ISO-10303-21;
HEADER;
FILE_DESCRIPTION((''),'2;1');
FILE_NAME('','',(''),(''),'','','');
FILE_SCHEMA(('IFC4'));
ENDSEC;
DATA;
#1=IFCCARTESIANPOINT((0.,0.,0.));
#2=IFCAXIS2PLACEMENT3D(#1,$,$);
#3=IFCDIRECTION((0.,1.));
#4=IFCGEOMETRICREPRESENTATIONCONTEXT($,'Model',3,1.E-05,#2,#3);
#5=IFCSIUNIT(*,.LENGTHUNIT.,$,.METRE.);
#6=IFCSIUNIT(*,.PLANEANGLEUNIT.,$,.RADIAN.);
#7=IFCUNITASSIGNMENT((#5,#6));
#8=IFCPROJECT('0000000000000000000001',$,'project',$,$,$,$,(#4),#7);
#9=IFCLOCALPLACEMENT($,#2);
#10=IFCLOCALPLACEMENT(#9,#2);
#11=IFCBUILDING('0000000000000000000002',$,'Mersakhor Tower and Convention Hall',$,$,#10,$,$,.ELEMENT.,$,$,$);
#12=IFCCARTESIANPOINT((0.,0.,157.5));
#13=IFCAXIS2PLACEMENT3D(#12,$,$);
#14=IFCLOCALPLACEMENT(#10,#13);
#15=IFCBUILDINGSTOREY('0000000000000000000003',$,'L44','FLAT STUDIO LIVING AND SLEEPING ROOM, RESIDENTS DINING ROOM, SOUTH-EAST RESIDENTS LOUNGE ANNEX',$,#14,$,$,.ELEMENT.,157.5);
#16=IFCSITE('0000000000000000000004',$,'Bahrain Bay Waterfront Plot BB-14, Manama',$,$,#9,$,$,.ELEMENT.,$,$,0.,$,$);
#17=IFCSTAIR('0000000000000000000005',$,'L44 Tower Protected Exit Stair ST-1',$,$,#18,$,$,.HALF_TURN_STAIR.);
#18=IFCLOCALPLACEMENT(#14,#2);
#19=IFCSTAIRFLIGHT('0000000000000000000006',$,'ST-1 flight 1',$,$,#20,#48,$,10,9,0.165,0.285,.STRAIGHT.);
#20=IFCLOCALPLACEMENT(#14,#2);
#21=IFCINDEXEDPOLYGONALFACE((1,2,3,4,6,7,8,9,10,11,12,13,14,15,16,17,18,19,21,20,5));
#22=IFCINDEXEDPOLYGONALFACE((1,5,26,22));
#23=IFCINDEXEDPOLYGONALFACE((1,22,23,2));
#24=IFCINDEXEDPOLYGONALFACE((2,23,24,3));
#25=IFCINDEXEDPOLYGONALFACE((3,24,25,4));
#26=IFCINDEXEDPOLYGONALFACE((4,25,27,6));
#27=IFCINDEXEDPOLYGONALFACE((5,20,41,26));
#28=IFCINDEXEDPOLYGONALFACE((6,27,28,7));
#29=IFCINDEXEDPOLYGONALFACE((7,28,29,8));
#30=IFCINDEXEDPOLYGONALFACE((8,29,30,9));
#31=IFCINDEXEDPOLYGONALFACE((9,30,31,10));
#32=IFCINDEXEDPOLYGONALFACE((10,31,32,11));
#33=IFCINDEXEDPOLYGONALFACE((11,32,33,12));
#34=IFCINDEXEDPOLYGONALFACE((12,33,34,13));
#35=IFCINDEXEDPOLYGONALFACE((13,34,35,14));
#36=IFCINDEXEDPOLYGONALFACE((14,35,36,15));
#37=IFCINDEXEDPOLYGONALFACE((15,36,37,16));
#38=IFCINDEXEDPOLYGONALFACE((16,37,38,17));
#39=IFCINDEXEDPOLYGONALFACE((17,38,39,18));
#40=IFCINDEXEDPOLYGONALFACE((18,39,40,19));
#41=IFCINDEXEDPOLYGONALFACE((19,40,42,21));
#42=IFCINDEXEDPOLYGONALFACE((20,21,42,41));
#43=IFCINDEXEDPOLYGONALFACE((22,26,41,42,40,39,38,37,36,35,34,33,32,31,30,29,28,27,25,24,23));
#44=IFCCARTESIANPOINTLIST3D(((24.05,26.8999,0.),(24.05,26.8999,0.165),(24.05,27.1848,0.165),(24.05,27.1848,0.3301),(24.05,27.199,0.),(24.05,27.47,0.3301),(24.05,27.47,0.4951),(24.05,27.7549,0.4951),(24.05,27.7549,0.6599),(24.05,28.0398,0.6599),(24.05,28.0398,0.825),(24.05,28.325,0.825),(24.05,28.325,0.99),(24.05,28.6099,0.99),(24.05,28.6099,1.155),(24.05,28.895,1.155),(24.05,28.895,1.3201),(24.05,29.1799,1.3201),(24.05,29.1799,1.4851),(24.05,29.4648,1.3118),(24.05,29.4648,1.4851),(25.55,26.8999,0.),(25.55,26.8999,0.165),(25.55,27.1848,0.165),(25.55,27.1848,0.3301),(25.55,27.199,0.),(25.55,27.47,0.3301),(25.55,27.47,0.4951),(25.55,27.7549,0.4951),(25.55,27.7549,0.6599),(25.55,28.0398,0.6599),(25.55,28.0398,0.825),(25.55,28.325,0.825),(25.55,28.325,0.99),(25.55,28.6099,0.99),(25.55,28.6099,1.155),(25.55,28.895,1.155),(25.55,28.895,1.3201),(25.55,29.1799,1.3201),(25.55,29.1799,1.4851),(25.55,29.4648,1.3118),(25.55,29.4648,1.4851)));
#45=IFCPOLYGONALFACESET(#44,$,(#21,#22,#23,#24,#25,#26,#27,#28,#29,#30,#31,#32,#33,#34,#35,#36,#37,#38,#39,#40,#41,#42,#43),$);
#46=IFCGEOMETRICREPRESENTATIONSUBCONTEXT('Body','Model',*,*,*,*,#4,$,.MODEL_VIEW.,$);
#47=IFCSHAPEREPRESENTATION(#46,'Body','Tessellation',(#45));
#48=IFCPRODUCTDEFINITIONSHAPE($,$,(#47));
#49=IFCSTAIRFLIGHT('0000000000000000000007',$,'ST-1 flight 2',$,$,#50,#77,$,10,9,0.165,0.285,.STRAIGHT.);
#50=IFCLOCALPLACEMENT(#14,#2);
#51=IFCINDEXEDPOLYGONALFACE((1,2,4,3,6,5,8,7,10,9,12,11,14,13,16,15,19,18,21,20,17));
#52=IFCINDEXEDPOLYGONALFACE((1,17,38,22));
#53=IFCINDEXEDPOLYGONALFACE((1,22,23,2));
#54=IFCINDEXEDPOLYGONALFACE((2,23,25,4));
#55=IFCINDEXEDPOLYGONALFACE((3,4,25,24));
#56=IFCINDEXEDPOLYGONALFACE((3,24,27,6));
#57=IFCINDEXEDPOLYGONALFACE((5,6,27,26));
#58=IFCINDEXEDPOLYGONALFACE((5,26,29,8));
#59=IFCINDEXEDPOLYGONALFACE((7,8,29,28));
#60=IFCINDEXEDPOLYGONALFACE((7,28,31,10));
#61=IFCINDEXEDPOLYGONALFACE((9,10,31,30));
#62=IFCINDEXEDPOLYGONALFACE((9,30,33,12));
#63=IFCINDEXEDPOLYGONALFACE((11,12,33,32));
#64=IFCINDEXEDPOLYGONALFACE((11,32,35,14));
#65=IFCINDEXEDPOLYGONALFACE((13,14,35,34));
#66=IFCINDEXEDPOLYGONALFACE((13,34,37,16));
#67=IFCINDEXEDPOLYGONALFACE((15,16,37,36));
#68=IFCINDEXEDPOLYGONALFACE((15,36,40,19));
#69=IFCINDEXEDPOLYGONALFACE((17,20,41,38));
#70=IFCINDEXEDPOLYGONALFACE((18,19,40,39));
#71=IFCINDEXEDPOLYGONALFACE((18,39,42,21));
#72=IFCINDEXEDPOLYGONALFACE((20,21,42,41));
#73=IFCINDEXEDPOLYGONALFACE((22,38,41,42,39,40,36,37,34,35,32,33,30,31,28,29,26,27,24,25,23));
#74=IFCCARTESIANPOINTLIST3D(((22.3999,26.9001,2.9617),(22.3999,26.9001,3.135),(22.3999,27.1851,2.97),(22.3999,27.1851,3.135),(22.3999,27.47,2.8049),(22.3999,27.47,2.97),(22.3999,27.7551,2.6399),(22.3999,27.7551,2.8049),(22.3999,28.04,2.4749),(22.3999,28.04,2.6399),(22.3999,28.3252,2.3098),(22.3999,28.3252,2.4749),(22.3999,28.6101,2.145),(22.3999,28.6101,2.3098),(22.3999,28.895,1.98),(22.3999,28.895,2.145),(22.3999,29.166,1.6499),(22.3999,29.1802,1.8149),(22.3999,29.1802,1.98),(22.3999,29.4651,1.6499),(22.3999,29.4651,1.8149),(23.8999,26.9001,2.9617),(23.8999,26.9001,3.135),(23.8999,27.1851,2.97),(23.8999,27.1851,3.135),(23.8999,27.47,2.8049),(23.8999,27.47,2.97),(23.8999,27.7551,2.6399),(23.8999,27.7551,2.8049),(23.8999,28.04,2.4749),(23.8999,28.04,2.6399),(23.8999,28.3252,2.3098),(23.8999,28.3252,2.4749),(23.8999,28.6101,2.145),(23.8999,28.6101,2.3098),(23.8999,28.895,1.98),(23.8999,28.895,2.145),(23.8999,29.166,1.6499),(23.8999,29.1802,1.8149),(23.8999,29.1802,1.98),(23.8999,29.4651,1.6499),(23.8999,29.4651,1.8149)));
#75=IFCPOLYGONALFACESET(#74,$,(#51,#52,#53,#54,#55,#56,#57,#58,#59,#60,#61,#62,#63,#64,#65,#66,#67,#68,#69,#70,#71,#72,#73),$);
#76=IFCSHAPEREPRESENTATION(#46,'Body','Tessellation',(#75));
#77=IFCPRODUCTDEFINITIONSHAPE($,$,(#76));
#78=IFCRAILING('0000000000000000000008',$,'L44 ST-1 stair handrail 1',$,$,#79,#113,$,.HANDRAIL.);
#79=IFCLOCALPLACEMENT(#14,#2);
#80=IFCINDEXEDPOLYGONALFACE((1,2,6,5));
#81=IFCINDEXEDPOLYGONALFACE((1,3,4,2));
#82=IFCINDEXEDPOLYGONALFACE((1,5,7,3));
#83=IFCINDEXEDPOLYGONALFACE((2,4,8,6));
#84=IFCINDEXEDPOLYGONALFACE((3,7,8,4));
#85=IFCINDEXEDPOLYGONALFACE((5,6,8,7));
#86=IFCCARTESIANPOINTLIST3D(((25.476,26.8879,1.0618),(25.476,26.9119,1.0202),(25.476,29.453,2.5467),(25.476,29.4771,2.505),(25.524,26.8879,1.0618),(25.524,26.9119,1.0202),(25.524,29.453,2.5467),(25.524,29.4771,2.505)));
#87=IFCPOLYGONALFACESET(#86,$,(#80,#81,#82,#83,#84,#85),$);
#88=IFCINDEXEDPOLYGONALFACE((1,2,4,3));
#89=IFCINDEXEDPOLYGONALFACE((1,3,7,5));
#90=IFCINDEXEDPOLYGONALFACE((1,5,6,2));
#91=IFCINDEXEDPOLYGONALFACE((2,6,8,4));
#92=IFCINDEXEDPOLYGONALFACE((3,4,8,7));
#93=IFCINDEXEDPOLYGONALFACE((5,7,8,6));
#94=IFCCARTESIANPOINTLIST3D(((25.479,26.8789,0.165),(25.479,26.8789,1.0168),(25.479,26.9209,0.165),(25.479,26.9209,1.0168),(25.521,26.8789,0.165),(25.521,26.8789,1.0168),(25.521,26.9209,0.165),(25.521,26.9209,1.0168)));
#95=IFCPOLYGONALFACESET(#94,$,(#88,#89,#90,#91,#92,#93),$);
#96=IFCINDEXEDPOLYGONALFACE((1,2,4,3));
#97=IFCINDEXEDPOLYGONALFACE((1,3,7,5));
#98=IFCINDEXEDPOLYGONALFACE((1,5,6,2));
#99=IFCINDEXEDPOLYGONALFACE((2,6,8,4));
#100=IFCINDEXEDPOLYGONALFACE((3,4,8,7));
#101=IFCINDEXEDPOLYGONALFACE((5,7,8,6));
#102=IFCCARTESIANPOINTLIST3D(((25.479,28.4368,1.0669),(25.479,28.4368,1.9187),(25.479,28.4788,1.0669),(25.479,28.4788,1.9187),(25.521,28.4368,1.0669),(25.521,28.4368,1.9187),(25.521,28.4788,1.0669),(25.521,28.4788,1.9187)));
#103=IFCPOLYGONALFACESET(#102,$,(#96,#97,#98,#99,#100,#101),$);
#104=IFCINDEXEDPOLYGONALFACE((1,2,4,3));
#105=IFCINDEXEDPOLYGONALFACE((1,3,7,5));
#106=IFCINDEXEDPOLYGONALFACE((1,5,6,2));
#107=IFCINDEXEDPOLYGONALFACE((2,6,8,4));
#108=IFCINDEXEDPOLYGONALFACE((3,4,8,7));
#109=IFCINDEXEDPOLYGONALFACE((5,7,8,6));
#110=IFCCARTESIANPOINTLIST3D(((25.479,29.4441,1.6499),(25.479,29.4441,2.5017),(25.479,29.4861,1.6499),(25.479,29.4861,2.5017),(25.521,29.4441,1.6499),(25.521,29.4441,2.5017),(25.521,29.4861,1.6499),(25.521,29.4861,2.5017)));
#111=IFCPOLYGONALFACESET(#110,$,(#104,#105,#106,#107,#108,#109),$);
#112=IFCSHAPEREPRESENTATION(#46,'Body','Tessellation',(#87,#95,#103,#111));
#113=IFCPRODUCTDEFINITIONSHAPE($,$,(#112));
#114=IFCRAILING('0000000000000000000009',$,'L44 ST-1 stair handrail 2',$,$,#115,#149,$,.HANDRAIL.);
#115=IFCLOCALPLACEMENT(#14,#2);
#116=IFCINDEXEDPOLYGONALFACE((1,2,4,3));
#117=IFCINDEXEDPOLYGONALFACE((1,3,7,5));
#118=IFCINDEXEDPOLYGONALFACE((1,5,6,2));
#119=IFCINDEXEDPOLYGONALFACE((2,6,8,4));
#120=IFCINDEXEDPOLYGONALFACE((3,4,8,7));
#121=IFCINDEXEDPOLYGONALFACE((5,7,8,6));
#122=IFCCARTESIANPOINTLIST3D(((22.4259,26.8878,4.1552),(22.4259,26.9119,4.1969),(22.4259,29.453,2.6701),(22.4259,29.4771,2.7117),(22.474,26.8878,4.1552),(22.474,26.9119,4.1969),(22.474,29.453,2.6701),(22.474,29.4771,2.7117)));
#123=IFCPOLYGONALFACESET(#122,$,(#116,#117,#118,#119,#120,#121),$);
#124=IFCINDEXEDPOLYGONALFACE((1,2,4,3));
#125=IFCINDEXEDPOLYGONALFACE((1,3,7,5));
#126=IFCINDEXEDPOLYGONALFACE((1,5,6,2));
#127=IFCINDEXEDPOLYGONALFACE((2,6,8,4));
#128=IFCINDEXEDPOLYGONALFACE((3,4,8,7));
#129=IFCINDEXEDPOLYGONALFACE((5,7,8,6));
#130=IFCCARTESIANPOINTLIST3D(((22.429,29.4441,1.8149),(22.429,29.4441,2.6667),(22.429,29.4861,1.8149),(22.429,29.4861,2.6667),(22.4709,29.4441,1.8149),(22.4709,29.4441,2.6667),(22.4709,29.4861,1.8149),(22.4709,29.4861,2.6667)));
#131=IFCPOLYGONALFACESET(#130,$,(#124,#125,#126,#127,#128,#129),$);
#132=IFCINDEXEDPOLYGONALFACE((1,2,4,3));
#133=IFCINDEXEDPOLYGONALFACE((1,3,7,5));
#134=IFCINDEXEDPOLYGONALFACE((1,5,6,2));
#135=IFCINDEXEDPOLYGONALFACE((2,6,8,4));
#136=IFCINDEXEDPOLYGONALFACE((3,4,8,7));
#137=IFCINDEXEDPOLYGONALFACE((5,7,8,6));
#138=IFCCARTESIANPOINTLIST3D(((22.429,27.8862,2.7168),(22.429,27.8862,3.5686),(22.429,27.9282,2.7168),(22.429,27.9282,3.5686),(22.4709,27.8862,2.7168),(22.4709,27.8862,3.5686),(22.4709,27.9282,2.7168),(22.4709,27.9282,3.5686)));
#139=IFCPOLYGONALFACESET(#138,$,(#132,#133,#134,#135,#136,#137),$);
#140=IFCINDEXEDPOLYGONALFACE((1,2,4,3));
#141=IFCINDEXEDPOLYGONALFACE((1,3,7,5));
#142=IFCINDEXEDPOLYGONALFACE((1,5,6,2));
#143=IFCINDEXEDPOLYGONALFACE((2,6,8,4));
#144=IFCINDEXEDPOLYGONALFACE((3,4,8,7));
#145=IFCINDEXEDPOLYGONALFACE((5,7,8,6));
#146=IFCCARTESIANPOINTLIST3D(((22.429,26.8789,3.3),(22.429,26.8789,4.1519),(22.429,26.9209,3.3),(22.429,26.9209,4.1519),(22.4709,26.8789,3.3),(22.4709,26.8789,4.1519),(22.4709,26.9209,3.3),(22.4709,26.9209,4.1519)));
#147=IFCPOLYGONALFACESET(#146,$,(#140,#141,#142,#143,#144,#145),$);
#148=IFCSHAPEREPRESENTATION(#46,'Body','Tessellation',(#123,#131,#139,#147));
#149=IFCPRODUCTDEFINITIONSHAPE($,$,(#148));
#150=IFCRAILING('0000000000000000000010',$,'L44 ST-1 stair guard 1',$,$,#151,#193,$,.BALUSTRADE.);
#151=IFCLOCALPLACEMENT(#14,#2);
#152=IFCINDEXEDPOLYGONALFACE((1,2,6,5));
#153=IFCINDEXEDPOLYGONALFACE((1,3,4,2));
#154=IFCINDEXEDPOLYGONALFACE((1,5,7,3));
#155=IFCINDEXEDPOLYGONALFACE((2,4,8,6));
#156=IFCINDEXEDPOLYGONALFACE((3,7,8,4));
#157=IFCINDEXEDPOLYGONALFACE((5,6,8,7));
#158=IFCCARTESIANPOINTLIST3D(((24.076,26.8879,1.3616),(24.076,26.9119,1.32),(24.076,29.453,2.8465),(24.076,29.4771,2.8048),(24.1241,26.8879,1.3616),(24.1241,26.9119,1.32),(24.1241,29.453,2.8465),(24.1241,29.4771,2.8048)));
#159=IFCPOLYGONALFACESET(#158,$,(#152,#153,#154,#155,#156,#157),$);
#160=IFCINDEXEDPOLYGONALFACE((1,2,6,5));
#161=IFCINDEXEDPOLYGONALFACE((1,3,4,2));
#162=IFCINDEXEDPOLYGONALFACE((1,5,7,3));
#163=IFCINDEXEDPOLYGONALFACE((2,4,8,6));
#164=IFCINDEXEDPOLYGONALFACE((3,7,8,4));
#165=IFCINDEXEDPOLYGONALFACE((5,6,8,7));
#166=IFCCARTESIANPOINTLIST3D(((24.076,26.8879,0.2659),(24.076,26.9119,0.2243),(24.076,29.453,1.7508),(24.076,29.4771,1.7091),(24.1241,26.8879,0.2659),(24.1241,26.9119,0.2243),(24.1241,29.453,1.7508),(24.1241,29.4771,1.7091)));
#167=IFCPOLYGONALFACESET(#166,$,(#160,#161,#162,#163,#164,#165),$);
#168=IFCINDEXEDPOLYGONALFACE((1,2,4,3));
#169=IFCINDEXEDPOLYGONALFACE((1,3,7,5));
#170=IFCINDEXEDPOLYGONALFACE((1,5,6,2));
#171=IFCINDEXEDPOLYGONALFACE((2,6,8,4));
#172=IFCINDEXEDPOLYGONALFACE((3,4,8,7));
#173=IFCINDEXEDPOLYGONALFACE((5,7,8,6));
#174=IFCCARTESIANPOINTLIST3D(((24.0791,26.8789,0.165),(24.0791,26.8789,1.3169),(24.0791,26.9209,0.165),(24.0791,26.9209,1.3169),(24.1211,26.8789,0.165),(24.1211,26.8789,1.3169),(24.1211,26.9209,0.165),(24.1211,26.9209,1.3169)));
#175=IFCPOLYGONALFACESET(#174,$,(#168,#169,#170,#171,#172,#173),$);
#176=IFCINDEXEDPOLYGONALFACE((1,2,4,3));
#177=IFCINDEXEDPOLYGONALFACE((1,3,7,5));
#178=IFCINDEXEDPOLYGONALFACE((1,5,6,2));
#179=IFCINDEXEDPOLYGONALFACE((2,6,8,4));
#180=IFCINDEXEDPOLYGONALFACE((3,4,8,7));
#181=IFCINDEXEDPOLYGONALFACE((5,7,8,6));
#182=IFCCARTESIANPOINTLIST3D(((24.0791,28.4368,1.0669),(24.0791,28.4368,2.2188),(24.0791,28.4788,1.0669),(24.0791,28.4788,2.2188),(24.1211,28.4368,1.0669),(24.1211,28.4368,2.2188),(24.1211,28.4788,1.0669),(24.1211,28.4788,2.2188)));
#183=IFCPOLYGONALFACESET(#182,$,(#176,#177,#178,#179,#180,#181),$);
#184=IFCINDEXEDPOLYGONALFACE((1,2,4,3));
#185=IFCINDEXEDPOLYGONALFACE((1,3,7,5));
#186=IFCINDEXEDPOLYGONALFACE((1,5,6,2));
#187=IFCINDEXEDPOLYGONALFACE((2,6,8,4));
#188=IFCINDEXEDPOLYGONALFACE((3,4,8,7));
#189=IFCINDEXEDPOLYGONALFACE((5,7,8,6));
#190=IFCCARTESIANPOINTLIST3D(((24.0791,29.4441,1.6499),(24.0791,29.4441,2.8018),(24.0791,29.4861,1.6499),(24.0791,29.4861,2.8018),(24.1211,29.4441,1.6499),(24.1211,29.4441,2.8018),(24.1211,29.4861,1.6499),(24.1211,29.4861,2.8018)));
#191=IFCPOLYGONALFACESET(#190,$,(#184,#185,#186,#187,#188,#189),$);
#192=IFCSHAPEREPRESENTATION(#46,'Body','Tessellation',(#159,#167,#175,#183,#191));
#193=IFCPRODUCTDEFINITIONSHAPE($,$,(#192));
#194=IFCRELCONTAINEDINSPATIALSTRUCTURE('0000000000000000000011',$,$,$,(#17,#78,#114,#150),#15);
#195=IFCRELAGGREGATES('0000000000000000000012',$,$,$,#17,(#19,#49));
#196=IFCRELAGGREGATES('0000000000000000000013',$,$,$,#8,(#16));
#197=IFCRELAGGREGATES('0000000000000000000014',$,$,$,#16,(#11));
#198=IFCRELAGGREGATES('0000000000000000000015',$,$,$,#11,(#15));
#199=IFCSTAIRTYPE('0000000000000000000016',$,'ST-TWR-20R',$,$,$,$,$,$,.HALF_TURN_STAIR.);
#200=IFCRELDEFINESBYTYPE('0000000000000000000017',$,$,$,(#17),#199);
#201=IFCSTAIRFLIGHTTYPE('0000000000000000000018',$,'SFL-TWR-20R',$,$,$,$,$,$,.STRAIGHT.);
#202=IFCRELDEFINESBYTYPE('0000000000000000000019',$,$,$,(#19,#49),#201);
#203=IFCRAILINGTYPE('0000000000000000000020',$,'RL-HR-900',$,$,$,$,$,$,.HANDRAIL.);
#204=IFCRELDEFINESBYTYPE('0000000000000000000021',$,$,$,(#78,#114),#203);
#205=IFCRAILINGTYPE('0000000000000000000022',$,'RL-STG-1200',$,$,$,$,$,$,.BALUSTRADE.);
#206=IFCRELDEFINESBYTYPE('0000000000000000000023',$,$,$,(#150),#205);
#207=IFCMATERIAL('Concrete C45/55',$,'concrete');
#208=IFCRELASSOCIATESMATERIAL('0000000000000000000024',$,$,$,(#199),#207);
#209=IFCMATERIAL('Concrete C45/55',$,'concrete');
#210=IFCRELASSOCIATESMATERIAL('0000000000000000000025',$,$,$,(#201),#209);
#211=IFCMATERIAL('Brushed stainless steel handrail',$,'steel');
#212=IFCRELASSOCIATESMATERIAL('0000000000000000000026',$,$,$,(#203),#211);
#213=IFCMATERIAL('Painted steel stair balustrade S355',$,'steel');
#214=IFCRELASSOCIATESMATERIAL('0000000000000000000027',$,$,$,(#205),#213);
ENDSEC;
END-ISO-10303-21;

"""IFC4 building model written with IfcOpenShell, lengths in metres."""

from ifc_helpers import new_model, si_unit, direction, frame, origin, origin_2d, place, context, subcontext, project, spatial, polyline, rectangle, outline, extrude, material, type_object, element, aggregate, save


model = new_model("IFC4")

# Units and contexts
model_context = context("Model", 3, precision=1e-05, world=origin(), true_north=direction((0.0, 1.0)))
body_context = subcontext(model_context, "Body", "Model", "MODEL_VIEW")
ifc_project = project(units=[si_unit("LENGTHUNIT", "METRE"), si_unit("PLANEANGLEUNIT", "RADIAN")], contexts=[model_context])

# Site, building, storey
site_placement = place(None, origin())
site = spatial("IfcSite", under=ifc_project, at=site_placement, Name="Bahrain Bay Waterfront Plot BB-14, Manama", CompositionType="ELEMENT", RefElevation=0.0)
building_placement = place(site_placement, origin())
building = spatial("IfcBuilding", under=site, at=building_placement, Name="Mersakhor Tower and Convention Hall", CompositionType="ELEMENT")
storey_placement = place(building_placement, frame((0.0, 0.0, 157.5)))
storey = spatial("IfcBuildingStorey", under=building, at=storey_placement, Name="L44", Description="FLAT STUDIO LIVING AND SLEEPING ROOM, RESIDENTS DINING ROOM, SOUTH-EAST RESIDENTS LOUNGE ANNEX", CompositionType="ELEMENT", Elevation=157.5)

# Stair, stair flights
ifc_material_1 = material(Name="Concrete C45/55", Category="concrete")
stair_type = type_object("IfcStairType", Name="ST-TWR-20R", PredefinedType="HALF_TURN_STAIR", material=ifc_material_1)
stair_placement = place(storey_placement, origin())
stair = element("IfcStair", 1, at=stair_placement, inside=storey, type_object=stair_type, Name="L44 Tower Protected Exit Stair ST-1", PredefinedType="HALF_TURN_STAIR")
ifc_material_2 = material(Name="Concrete C45/55", Category="concrete")
stair_flight_type = type_object("IfcStairFlightType", Name="SFL-TWR-20R", PredefinedType="STRAIGHT", material=ifc_material_2)
stair_flight_1_placement = place(storey_placement, frame((24.8, 26.8999, 0.0), z_axis=(0.0, 0.0, 1.0), x_axis=(0.0, 1.0, 0.0)))
stair_flight_1 = element("IfcStairFlight", 2, at=stair_flight_1_placement, type_object=stair_flight_type, Name="ST-1 flight 1", NumberOfRisers=10, NumberOfTreads=9, PredefinedType="STRAIGHT", RiserHeight=0.165, TreadLength=0.285, context=body_context, shape_type="SweptSolid", body=[
    extrude(outline(polyline([(0.0, 0.0), (0.0, 0.165), (0.2849, 0.165), (0.2849, 0.3301), (0.5701, 0.3301), (0.5701, 0.4951), (0.855, 0.4951), (0.855, 0.6599), (1.1399, 0.6599), (1.1399, 0.825), (1.425, 0.825), (1.425, 0.99), (1.71, 0.99), (1.71, 1.155), (1.9951, 1.155), (1.9951, 1.3201), (2.28, 1.3201), (2.28, 1.4851), (2.5649, 1.4851), (2.5649, 1.6499), (2.5649, 1.3118), (0.2991, 0.0), (0.0, 0.0)])), frame((0.0, 0.75, 0.0), z_axis=(0.0, -1.0, 0.0), x_axis=(1.0, 0.0, 0.0)), (0.0, 0.0, 1.0), 1.5),
])
stair_flight_2_placement = place(storey_placement, frame((23.1499, 29.4651, 1.6499), z_axis=(0.0, 0.0, 1.0), x_axis=(0.0, -1.0, 0.0)))
stair_flight_2 = element("IfcStairFlight", 3, at=stair_flight_2_placement, type_object=stair_flight_type, Name="ST-1 flight 2", NumberOfRisers=10, NumberOfTreads=9, PredefinedType="STRAIGHT", RiserHeight=0.165, TreadLength=0.285, context=body_context, shape_type="SweptSolid", body=[
    extrude(outline(polyline([(0.0, 0.0), (0.0, 0.165), (0.2849, 0.165), (0.2849, 0.3301), (0.5701, 0.3301), (0.5701, 0.4951), (0.855, 0.4951), (0.855, 0.6599), (1.1399, 0.6599), (1.1399, 0.825), (1.425, 0.825), (1.425, 0.99), (1.71, 0.99), (1.71, 1.155), (1.9951, 1.155), (1.9951, 1.3201), (2.28, 1.3201), (2.28, 1.4851), (2.5649, 1.4851), (2.5649, 1.6499), (2.5649, 1.3118), (0.2991, 0.0), (0.0, 0.0)])), frame((0.0, 0.75, 0.0), z_axis=(0.0, -1.0, 0.0), x_axis=(1.0, 0.0, 0.0)), (0.0, 0.0, 1.0), 1.5),
])
aggregate(stair, [stair_flight_1, stair_flight_2])

# Railings
ifc_material_3 = material(Name="Brushed stainless steel handrail", Category="steel")
railing_type_1 = type_object("IfcRailingType", Name="RL-HR-900", PredefinedType="HANDRAIL", material=ifc_material_3)
railing_1_placement = place(storey_placement, frame((25.5, 26.8999, 0.165)))
element("IfcRailing", 4, at=railing_1_placement, inside=storey, type_object=railing_type_1, Name="L44 ST-1 stair handrail 1", PredefinedType="HANDRAIL", context=body_context, shape_type="SweptSolid", body=[
    extrude(rectangle(XDim=0.0481, YDim=0.0481, at=origin_2d()), frame((0.0, 0.0, 0.876), z_axis=(0.0, 0.865462, 0.500975), x_axis=(-1.0, 0.0, 0.0)), (0.0, 0.0, 1.0), 2.9639),
    extrude(rectangle(XDim=0.042, YDim=0.042, at=origin_2d()), origin(), (0.0, 0.0, 1.0), 0.8518),
    extrude(rectangle(XDim=0.042, YDim=0.042, at=origin_2d()), frame((0.0, 1.5579, 0.9019)), (0.0, 0.0, 1.0), 0.8518),
    extrude(rectangle(XDim=0.042, YDim=0.042, at=origin_2d()), frame((0.0, 2.5652, 1.4849)), (0.0, 0.0, 1.0), 0.8518),
])
railing_2_placement = place(storey_placement, frame((22.45, 29.4651, 1.8149)))
element("IfcRailing", 5, at=railing_2_placement, inside=storey, type_object=railing_type_1, Name="L44 ST-1 stair handrail 2", PredefinedType="HANDRAIL", context=body_context, shape_type="SweptSolid", body=[
    extrude(rectangle(XDim=0.0481, YDim=0.0481, at=origin_2d()), frame((0.0, 0.0, 0.876), z_axis=(0.0, -0.865426, 0.501036), x_axis=(1.0, 0.0, 0.0)), (0.0, 0.0, 1.0), 2.9641),
    extrude(rectangle(XDim=0.042, YDim=0.042, at=origin_2d()), origin(), (0.0, 0.0, 1.0), 0.8518),
    extrude(rectangle(XDim=0.042, YDim=0.042, at=origin_2d()), frame((0.0, -1.5579, 0.9019)), (0.0, 0.0, 1.0), 0.8518),
    extrude(rectangle(XDim=0.042, YDim=0.042, at=origin_2d()), frame((0.0, -2.5652, 1.4851)), (0.0, 0.0, 1.0), 0.8518),
])
ifc_material_4 = material(Name="Painted steel stair balustrade S355", Category="steel")
railing_type_2 = type_object("IfcRailingType", Name="RL-STG-1200", PredefinedType="BALUSTRADE", material=ifc_material_4)
railing_3_placement = place(storey_placement, frame((24.1001, 26.8999, 0.165)))
element("IfcRailing", 6, at=railing_3_placement, inside=storey, type_object=railing_type_2, Name="L44 ST-1 stair guard 1", PredefinedType="BALUSTRADE", context=body_context, shape_type="SweptSolid", body=[
    extrude(rectangle(XDim=0.0481, YDim=0.0481, at=origin_2d()), frame((0.0, 0.0, 1.1758), z_axis=(0.0, 0.865462, 0.500975), x_axis=(-1.0, 0.0, 0.0)), (0.0, 0.0, 1.0), 2.9639),
    extrude(rectangle(XDim=0.0481, YDim=0.0481, at=origin_2d()), frame((0.0, 0.0, 0.0801), z_axis=(0.0, 0.865462, 0.500975), x_axis=(-1.0, 0.0, 0.0)), (0.0, 0.0, 1.0), 2.9639),
    extrude(rectangle(XDim=0.042, YDim=0.042, at=origin_2d()), origin(), (0.0, 0.0, 1.0), 1.1519),
    extrude(rectangle(XDim=0.042, YDim=0.042, at=origin_2d()), frame((0.0, 1.5579, 0.9019)), (0.0, 0.0, 1.0), 1.1519),
    extrude(rectangle(XDim=0.042, YDim=0.042, at=origin_2d()), frame((0.0, 2.5652, 1.4849)), (0.0, 0.0, 1.0), 1.1519),
])

save(model, "model.ifc")
